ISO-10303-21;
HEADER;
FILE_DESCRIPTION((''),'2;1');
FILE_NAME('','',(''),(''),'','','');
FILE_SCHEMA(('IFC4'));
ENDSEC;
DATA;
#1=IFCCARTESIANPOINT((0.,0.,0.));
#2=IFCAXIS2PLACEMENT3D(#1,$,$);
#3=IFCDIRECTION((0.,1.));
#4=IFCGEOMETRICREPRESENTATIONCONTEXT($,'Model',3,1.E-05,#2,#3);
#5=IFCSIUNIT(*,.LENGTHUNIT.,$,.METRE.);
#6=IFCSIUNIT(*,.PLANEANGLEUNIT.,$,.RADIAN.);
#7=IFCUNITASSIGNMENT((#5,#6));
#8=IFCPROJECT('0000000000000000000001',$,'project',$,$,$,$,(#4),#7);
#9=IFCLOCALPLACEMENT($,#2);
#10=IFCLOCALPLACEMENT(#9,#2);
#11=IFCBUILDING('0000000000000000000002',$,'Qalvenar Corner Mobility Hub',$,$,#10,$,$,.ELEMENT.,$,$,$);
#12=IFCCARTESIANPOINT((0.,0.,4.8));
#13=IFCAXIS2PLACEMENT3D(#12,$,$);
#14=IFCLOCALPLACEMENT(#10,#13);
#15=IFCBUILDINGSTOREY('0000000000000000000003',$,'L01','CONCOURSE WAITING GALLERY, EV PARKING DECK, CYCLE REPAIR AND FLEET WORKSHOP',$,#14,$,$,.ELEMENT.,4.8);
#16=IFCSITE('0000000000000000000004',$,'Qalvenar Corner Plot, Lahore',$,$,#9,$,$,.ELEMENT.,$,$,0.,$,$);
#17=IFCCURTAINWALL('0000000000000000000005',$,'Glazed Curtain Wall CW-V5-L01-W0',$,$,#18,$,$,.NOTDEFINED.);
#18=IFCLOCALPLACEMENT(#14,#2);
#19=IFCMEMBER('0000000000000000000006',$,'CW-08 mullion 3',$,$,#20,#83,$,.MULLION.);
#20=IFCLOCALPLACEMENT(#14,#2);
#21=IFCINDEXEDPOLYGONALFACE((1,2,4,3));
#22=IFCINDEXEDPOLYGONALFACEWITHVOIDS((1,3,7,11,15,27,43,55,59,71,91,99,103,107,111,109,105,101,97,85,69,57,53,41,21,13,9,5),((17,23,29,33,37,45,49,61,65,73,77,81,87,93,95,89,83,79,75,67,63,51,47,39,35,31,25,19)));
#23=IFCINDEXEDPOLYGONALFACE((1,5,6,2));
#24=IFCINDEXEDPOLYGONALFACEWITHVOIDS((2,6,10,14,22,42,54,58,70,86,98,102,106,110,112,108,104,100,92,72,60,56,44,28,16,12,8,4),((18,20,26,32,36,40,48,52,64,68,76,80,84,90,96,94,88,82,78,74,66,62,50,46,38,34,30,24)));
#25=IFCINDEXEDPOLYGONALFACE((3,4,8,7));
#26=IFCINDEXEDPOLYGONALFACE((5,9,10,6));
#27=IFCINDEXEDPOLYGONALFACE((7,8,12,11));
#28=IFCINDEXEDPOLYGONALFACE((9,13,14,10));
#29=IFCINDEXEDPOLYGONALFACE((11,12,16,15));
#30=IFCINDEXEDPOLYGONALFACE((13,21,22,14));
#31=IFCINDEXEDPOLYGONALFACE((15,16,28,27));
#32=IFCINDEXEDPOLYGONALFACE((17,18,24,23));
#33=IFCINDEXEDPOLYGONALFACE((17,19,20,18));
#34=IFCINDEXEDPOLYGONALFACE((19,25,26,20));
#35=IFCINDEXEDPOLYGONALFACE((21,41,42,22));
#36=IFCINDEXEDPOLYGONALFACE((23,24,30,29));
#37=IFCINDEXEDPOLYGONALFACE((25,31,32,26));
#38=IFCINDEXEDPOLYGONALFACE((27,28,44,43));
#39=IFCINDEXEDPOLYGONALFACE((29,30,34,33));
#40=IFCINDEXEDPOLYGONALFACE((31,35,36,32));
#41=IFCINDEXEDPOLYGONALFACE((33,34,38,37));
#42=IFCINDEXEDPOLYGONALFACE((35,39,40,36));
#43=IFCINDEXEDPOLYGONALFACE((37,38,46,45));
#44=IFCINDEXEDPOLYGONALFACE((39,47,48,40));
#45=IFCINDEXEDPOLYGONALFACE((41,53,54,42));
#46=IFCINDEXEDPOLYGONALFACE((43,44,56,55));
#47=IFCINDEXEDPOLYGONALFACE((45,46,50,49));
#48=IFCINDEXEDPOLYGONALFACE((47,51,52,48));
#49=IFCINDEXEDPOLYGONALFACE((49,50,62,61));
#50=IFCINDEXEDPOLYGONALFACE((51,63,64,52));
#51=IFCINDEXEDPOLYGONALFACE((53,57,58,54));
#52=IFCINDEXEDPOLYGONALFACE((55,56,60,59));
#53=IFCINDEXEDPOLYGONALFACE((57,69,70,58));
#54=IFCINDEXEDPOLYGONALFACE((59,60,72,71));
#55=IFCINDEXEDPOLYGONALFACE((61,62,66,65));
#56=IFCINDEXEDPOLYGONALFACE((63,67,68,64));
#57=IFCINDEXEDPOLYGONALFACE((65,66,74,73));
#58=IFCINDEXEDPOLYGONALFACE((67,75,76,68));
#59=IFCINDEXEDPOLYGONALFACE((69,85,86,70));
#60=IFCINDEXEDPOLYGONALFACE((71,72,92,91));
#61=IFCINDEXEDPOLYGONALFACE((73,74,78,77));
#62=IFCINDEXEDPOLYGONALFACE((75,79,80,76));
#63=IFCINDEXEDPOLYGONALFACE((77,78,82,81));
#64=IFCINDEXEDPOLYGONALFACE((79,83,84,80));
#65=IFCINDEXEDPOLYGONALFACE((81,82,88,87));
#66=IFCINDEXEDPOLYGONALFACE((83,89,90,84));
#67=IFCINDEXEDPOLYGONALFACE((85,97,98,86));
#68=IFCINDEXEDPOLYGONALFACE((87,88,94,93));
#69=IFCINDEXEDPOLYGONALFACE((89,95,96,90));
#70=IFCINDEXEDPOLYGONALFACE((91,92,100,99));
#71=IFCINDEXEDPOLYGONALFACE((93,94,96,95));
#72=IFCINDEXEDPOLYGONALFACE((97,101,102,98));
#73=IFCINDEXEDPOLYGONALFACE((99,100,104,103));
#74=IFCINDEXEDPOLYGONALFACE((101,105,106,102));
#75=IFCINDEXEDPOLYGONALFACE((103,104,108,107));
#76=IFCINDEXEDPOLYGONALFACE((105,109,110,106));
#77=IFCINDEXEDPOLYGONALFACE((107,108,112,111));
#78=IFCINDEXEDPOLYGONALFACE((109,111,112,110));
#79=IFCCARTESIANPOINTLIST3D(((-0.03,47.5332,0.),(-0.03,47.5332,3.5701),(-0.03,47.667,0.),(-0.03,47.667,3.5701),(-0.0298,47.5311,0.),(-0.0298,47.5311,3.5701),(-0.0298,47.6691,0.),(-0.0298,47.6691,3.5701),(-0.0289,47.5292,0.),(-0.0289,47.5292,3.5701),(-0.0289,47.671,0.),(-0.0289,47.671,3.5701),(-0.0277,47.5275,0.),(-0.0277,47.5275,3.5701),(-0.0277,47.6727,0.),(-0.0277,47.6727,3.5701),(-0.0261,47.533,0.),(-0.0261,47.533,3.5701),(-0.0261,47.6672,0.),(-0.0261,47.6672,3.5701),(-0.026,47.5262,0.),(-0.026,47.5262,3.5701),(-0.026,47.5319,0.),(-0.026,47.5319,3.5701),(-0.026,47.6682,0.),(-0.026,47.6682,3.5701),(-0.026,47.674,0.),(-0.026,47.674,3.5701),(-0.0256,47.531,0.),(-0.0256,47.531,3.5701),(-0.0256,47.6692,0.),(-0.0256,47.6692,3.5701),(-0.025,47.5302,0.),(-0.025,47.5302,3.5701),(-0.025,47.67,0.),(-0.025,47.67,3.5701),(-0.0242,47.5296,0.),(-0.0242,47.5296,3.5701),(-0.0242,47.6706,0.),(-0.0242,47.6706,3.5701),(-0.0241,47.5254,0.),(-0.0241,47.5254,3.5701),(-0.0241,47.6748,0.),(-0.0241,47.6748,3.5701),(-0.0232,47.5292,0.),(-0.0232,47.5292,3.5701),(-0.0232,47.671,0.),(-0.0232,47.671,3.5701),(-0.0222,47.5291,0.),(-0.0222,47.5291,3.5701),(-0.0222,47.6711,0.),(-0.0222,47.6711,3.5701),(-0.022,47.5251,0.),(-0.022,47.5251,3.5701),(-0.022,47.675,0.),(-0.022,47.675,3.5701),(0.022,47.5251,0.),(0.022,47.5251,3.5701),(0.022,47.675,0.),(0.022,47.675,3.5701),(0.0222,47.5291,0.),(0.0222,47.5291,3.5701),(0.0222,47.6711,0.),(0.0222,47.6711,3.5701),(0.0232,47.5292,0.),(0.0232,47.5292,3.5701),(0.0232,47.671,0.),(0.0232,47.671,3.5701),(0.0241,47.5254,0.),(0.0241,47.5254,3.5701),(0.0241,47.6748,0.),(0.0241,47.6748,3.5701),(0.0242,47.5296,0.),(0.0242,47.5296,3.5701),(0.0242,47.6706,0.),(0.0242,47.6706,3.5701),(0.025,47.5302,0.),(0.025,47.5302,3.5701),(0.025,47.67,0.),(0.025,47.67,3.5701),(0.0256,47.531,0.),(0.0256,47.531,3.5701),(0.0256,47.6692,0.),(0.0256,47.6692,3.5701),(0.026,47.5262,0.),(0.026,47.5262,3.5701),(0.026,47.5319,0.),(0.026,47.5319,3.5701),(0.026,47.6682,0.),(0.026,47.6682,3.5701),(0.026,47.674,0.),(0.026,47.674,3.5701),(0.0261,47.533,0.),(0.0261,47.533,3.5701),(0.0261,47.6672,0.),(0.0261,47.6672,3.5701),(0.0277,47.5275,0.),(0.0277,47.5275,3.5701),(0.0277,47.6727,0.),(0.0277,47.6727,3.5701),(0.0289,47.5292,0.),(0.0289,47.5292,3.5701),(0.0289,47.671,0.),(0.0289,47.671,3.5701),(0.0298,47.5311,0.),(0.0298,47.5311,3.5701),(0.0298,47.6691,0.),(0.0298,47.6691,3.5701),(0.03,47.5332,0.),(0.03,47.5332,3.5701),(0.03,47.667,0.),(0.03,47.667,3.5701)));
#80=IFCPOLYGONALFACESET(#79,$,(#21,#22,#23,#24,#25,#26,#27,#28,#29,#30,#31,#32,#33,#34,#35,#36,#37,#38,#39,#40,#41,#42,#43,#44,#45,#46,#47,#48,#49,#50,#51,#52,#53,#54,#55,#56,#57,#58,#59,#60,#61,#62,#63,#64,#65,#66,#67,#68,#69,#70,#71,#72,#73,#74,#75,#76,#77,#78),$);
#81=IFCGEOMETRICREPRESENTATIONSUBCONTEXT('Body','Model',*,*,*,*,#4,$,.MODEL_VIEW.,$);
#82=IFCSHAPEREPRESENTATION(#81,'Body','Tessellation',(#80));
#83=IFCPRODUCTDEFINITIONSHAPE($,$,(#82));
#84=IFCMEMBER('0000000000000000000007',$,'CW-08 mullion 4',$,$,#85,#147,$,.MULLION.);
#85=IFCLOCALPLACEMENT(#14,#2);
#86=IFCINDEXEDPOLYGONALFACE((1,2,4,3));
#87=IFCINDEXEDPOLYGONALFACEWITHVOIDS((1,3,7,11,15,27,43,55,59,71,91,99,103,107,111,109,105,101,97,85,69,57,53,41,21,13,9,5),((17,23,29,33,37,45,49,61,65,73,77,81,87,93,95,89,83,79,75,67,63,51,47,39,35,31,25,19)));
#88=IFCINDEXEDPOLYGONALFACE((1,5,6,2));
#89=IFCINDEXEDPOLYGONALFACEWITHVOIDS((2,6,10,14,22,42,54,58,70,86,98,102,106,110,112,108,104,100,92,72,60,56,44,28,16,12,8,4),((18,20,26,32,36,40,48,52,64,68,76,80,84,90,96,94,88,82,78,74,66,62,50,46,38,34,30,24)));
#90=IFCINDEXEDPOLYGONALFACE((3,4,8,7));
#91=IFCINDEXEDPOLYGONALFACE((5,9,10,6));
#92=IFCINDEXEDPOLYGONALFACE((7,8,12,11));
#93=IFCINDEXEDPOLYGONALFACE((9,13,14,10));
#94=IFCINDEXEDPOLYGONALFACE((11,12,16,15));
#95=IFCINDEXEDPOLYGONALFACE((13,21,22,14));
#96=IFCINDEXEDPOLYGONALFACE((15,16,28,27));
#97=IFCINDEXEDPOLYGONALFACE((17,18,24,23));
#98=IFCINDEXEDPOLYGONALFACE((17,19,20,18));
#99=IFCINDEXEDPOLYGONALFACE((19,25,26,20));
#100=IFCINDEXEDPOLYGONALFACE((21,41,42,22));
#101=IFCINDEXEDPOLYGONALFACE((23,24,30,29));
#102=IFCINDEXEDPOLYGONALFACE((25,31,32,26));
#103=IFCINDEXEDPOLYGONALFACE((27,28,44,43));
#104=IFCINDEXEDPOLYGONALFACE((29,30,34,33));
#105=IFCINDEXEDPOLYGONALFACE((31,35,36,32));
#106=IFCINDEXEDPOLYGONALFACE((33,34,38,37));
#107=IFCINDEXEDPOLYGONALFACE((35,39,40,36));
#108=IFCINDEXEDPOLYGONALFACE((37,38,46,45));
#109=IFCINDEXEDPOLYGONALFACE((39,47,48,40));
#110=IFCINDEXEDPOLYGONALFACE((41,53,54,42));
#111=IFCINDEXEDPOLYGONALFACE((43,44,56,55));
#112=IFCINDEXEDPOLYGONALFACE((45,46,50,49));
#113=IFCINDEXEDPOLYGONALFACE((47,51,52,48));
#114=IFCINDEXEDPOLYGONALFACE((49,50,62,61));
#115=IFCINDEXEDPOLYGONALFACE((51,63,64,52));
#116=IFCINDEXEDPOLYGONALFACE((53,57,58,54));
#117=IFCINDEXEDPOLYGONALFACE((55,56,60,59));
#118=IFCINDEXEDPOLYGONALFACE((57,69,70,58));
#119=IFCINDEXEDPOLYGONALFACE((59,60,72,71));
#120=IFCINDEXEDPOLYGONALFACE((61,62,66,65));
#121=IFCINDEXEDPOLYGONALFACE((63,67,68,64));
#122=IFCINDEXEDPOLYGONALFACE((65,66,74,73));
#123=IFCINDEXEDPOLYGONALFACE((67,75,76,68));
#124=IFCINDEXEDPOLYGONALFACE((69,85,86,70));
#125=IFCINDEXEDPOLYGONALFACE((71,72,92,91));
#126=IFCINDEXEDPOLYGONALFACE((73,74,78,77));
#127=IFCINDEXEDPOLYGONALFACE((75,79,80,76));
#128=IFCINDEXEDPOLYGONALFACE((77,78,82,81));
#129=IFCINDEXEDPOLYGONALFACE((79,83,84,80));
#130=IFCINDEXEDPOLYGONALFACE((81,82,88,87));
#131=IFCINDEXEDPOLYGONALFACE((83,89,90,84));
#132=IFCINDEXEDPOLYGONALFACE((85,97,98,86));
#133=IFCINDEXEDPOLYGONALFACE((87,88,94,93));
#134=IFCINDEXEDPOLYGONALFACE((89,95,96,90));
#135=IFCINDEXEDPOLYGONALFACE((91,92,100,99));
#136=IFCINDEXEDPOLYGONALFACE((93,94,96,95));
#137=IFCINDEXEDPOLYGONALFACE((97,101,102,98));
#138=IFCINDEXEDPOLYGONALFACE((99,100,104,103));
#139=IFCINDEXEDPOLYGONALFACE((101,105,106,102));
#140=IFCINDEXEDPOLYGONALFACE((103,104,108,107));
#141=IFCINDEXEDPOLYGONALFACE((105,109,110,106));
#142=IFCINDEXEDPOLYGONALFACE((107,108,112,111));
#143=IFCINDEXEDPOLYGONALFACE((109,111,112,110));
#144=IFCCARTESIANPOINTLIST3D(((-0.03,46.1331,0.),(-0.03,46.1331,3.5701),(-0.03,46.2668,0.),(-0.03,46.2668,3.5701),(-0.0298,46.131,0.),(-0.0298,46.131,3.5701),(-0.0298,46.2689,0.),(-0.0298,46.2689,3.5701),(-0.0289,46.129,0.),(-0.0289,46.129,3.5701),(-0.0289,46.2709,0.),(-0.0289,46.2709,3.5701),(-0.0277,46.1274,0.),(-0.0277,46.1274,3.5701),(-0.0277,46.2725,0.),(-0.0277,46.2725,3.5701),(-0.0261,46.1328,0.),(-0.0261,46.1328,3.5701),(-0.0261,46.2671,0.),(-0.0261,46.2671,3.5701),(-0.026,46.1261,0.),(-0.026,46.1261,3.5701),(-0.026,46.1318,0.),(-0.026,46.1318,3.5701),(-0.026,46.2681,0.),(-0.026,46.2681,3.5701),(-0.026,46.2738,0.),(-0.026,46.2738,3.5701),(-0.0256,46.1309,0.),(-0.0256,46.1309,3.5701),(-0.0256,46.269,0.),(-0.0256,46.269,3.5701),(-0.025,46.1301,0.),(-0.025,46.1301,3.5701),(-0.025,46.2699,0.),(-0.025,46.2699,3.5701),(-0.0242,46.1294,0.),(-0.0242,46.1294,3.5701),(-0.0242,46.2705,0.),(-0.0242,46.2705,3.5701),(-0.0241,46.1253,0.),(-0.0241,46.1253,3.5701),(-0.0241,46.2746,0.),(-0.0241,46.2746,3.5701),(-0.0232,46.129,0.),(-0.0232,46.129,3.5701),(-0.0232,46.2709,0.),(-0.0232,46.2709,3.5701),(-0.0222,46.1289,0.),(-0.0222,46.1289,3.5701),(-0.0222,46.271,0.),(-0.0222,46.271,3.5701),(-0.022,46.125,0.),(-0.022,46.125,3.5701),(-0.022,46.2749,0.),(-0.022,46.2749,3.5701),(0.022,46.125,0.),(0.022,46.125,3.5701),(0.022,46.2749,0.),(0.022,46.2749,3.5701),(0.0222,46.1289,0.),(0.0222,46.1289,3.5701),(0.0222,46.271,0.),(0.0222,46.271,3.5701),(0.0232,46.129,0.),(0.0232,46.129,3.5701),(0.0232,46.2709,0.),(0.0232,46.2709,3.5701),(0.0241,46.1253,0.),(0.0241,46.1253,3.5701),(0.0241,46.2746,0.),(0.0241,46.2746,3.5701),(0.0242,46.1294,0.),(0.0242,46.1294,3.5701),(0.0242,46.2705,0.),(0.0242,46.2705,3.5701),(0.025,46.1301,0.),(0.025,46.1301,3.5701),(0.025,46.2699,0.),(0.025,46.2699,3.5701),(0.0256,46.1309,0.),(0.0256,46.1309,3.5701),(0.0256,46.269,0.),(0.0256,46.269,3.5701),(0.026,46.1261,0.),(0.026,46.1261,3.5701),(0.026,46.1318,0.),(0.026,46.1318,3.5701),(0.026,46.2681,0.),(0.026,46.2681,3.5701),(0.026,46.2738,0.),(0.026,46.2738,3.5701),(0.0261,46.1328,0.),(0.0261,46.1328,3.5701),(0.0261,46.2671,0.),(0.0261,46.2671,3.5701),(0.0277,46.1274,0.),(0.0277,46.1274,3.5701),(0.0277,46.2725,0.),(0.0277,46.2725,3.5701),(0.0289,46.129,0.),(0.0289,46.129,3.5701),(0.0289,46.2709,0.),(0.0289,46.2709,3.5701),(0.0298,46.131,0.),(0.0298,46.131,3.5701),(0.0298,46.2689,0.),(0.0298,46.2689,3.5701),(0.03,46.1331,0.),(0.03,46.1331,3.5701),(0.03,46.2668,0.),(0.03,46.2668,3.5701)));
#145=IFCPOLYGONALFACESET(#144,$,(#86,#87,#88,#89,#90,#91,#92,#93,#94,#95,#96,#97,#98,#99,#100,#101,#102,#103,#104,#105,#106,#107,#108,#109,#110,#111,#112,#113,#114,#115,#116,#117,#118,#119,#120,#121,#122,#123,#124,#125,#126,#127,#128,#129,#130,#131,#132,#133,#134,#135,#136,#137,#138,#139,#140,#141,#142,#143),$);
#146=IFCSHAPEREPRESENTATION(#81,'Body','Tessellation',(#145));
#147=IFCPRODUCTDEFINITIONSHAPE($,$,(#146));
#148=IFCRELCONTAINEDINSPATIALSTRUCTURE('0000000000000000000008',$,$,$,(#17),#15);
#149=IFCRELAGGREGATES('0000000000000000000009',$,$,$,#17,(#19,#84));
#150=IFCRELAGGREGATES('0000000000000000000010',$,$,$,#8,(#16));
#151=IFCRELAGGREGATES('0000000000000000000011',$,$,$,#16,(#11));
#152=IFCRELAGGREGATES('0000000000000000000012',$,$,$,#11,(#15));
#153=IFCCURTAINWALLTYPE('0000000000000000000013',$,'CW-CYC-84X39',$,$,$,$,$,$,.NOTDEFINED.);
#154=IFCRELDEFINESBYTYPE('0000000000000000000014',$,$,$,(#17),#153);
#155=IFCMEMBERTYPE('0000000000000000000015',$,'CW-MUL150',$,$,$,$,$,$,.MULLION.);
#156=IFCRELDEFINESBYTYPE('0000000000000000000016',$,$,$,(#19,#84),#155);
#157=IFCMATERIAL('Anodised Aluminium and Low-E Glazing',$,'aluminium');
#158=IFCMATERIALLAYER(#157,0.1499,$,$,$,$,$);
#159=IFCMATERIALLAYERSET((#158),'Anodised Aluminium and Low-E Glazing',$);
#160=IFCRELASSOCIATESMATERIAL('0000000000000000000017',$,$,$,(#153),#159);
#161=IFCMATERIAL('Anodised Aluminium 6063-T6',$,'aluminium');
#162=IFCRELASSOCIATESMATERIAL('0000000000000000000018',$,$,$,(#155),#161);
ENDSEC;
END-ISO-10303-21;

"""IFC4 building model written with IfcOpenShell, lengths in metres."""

from ifc_helpers import new_model, si_unit, direction, frame, origin, origin_2d, place, context, subcontext, project, spatial, hollow_rectangle, extrude, material, layer, layer_set, material_profile, profile_set, type_object, element, aggregate, save


model = new_model("IFC4")

# Units and contexts
model_context = context("Model", 3, precision=1e-05, world=origin(), true_north=direction((0.0, 1.0)))
body_context = subcontext(model_context, "Body", "Model", "MODEL_VIEW")
ifc_project = project(units=[si_unit("LENGTHUNIT", "METRE"), si_unit("PLANEANGLEUNIT", "RADIAN")], contexts=[model_context])

# Site, building, storey
site_placement = place(None, origin())
site = spatial("IfcSite", under=ifc_project, at=site_placement, Name="Qalvenar Corner Plot, Lahore", CompositionType="ELEMENT", RefElevation=0.0)
building_placement = place(site_placement, origin())
building = spatial("IfcBuilding", under=site, at=building_placement, Name="Qalvenar Corner Mobility Hub", CompositionType="ELEMENT")
storey_placement = place(building_placement, frame((0.0, 0.0, 4.8)))
storey = spatial("IfcBuildingStorey", under=building, at=storey_placement, Name="L01", Description="CONCOURSE WAITING GALLERY, EV PARKING DECK, CYCLE REPAIR AND FLEET WORKSHOP", CompositionType="ELEMENT", Elevation=4.8)

# Curtain wall, members
ifc_material_1 = material(Name="Anodised Aluminium and Low-E Glazing", Category="aluminium")
ifc_layer_1 = layer(ifc_material_1, 0.1499)
ifc_layer_set_1 = layer_set([ifc_layer_1], Name="Anodised Aluminium and Low-E Glazing")
curtain_wall_type = type_object("IfcCurtainWallType", Name="CW-CYC-84X39", PredefinedType="NOTDEFINED", material=ifc_layer_set_1)
curtain_wall_placement = place(storey_placement, origin())
curtain_wall = element("IfcCurtainWall", 1, at=curtain_wall_placement, inside=storey, type_object=curtain_wall_type, Name="Glazed Curtain Wall CW-V5-L01-W0", PredefinedType="NOTDEFINED")
ifc_material_2 = material(Name="Anodised Aluminium 6063-T6", Category="aluminium")
ifc_material_profile_1 = material_profile(ifc_material_2, hollow_rectangle(XDim=0.0601, YDim=0.1499, WallThickness=0.0039, InnerFilletRadius=0.0039, OuterFilletRadius=0.0081, at=origin_2d()), Name="RHS150x60x4")
ifc_profile_set_1 = profile_set([ifc_material_profile_1], Name="Anodised Aluminium 6063-T6")
member_type_1 = type_object("IfcMemberType", Name="CW-MUL150", PredefinedType="MULLION", material=ifc_profile_set_1)
member_1_placement = place(storey_placement, frame((0.0, 47.6001, 0.0), z_axis=(0.0, 0.0, 1.0), x_axis=(1.0, 0.0, 0.0)))
member_1 = element("IfcMember", 2, at=member_1_placement, type_object=member_type_1, Name="CW-08 mullion 3", PredefinedType="MULLION", context=body_context, shape_type="SweptSolid", body=[
    extrude(hollow_rectangle(XDim=0.0601, YDim=0.1499, WallThickness=0.0039, InnerFilletRadius=0.0039, OuterFilletRadius=0.0081, at=origin_2d()), origin(), (0.0, 0.0, 1.0), 3.5701),
])
member_2_placement = place(storey_placement, frame((0.0, 46.2, 0.0), z_axis=(0.0, 0.0, 1.0), x_axis=(1.0, 0.0, 0.0)))
member_2 = element("IfcMember", 3, at=member_2_placement, type_object=member_type_1, Name="CW-08 mullion 4", PredefinedType="MULLION", context=body_context, shape_type="SweptSolid", body=[
    extrude(hollow_rectangle(XDim=0.0601, YDim=0.1499, WallThickness=0.0039, InnerFilletRadius=0.0039, OuterFilletRadius=0.0081, at=origin_2d()), origin(), (0.0, 0.0, 1.0), 3.5701),
])
aggregate(curtain_wall, [member_1, member_2])

save(model, "model.ifc")
